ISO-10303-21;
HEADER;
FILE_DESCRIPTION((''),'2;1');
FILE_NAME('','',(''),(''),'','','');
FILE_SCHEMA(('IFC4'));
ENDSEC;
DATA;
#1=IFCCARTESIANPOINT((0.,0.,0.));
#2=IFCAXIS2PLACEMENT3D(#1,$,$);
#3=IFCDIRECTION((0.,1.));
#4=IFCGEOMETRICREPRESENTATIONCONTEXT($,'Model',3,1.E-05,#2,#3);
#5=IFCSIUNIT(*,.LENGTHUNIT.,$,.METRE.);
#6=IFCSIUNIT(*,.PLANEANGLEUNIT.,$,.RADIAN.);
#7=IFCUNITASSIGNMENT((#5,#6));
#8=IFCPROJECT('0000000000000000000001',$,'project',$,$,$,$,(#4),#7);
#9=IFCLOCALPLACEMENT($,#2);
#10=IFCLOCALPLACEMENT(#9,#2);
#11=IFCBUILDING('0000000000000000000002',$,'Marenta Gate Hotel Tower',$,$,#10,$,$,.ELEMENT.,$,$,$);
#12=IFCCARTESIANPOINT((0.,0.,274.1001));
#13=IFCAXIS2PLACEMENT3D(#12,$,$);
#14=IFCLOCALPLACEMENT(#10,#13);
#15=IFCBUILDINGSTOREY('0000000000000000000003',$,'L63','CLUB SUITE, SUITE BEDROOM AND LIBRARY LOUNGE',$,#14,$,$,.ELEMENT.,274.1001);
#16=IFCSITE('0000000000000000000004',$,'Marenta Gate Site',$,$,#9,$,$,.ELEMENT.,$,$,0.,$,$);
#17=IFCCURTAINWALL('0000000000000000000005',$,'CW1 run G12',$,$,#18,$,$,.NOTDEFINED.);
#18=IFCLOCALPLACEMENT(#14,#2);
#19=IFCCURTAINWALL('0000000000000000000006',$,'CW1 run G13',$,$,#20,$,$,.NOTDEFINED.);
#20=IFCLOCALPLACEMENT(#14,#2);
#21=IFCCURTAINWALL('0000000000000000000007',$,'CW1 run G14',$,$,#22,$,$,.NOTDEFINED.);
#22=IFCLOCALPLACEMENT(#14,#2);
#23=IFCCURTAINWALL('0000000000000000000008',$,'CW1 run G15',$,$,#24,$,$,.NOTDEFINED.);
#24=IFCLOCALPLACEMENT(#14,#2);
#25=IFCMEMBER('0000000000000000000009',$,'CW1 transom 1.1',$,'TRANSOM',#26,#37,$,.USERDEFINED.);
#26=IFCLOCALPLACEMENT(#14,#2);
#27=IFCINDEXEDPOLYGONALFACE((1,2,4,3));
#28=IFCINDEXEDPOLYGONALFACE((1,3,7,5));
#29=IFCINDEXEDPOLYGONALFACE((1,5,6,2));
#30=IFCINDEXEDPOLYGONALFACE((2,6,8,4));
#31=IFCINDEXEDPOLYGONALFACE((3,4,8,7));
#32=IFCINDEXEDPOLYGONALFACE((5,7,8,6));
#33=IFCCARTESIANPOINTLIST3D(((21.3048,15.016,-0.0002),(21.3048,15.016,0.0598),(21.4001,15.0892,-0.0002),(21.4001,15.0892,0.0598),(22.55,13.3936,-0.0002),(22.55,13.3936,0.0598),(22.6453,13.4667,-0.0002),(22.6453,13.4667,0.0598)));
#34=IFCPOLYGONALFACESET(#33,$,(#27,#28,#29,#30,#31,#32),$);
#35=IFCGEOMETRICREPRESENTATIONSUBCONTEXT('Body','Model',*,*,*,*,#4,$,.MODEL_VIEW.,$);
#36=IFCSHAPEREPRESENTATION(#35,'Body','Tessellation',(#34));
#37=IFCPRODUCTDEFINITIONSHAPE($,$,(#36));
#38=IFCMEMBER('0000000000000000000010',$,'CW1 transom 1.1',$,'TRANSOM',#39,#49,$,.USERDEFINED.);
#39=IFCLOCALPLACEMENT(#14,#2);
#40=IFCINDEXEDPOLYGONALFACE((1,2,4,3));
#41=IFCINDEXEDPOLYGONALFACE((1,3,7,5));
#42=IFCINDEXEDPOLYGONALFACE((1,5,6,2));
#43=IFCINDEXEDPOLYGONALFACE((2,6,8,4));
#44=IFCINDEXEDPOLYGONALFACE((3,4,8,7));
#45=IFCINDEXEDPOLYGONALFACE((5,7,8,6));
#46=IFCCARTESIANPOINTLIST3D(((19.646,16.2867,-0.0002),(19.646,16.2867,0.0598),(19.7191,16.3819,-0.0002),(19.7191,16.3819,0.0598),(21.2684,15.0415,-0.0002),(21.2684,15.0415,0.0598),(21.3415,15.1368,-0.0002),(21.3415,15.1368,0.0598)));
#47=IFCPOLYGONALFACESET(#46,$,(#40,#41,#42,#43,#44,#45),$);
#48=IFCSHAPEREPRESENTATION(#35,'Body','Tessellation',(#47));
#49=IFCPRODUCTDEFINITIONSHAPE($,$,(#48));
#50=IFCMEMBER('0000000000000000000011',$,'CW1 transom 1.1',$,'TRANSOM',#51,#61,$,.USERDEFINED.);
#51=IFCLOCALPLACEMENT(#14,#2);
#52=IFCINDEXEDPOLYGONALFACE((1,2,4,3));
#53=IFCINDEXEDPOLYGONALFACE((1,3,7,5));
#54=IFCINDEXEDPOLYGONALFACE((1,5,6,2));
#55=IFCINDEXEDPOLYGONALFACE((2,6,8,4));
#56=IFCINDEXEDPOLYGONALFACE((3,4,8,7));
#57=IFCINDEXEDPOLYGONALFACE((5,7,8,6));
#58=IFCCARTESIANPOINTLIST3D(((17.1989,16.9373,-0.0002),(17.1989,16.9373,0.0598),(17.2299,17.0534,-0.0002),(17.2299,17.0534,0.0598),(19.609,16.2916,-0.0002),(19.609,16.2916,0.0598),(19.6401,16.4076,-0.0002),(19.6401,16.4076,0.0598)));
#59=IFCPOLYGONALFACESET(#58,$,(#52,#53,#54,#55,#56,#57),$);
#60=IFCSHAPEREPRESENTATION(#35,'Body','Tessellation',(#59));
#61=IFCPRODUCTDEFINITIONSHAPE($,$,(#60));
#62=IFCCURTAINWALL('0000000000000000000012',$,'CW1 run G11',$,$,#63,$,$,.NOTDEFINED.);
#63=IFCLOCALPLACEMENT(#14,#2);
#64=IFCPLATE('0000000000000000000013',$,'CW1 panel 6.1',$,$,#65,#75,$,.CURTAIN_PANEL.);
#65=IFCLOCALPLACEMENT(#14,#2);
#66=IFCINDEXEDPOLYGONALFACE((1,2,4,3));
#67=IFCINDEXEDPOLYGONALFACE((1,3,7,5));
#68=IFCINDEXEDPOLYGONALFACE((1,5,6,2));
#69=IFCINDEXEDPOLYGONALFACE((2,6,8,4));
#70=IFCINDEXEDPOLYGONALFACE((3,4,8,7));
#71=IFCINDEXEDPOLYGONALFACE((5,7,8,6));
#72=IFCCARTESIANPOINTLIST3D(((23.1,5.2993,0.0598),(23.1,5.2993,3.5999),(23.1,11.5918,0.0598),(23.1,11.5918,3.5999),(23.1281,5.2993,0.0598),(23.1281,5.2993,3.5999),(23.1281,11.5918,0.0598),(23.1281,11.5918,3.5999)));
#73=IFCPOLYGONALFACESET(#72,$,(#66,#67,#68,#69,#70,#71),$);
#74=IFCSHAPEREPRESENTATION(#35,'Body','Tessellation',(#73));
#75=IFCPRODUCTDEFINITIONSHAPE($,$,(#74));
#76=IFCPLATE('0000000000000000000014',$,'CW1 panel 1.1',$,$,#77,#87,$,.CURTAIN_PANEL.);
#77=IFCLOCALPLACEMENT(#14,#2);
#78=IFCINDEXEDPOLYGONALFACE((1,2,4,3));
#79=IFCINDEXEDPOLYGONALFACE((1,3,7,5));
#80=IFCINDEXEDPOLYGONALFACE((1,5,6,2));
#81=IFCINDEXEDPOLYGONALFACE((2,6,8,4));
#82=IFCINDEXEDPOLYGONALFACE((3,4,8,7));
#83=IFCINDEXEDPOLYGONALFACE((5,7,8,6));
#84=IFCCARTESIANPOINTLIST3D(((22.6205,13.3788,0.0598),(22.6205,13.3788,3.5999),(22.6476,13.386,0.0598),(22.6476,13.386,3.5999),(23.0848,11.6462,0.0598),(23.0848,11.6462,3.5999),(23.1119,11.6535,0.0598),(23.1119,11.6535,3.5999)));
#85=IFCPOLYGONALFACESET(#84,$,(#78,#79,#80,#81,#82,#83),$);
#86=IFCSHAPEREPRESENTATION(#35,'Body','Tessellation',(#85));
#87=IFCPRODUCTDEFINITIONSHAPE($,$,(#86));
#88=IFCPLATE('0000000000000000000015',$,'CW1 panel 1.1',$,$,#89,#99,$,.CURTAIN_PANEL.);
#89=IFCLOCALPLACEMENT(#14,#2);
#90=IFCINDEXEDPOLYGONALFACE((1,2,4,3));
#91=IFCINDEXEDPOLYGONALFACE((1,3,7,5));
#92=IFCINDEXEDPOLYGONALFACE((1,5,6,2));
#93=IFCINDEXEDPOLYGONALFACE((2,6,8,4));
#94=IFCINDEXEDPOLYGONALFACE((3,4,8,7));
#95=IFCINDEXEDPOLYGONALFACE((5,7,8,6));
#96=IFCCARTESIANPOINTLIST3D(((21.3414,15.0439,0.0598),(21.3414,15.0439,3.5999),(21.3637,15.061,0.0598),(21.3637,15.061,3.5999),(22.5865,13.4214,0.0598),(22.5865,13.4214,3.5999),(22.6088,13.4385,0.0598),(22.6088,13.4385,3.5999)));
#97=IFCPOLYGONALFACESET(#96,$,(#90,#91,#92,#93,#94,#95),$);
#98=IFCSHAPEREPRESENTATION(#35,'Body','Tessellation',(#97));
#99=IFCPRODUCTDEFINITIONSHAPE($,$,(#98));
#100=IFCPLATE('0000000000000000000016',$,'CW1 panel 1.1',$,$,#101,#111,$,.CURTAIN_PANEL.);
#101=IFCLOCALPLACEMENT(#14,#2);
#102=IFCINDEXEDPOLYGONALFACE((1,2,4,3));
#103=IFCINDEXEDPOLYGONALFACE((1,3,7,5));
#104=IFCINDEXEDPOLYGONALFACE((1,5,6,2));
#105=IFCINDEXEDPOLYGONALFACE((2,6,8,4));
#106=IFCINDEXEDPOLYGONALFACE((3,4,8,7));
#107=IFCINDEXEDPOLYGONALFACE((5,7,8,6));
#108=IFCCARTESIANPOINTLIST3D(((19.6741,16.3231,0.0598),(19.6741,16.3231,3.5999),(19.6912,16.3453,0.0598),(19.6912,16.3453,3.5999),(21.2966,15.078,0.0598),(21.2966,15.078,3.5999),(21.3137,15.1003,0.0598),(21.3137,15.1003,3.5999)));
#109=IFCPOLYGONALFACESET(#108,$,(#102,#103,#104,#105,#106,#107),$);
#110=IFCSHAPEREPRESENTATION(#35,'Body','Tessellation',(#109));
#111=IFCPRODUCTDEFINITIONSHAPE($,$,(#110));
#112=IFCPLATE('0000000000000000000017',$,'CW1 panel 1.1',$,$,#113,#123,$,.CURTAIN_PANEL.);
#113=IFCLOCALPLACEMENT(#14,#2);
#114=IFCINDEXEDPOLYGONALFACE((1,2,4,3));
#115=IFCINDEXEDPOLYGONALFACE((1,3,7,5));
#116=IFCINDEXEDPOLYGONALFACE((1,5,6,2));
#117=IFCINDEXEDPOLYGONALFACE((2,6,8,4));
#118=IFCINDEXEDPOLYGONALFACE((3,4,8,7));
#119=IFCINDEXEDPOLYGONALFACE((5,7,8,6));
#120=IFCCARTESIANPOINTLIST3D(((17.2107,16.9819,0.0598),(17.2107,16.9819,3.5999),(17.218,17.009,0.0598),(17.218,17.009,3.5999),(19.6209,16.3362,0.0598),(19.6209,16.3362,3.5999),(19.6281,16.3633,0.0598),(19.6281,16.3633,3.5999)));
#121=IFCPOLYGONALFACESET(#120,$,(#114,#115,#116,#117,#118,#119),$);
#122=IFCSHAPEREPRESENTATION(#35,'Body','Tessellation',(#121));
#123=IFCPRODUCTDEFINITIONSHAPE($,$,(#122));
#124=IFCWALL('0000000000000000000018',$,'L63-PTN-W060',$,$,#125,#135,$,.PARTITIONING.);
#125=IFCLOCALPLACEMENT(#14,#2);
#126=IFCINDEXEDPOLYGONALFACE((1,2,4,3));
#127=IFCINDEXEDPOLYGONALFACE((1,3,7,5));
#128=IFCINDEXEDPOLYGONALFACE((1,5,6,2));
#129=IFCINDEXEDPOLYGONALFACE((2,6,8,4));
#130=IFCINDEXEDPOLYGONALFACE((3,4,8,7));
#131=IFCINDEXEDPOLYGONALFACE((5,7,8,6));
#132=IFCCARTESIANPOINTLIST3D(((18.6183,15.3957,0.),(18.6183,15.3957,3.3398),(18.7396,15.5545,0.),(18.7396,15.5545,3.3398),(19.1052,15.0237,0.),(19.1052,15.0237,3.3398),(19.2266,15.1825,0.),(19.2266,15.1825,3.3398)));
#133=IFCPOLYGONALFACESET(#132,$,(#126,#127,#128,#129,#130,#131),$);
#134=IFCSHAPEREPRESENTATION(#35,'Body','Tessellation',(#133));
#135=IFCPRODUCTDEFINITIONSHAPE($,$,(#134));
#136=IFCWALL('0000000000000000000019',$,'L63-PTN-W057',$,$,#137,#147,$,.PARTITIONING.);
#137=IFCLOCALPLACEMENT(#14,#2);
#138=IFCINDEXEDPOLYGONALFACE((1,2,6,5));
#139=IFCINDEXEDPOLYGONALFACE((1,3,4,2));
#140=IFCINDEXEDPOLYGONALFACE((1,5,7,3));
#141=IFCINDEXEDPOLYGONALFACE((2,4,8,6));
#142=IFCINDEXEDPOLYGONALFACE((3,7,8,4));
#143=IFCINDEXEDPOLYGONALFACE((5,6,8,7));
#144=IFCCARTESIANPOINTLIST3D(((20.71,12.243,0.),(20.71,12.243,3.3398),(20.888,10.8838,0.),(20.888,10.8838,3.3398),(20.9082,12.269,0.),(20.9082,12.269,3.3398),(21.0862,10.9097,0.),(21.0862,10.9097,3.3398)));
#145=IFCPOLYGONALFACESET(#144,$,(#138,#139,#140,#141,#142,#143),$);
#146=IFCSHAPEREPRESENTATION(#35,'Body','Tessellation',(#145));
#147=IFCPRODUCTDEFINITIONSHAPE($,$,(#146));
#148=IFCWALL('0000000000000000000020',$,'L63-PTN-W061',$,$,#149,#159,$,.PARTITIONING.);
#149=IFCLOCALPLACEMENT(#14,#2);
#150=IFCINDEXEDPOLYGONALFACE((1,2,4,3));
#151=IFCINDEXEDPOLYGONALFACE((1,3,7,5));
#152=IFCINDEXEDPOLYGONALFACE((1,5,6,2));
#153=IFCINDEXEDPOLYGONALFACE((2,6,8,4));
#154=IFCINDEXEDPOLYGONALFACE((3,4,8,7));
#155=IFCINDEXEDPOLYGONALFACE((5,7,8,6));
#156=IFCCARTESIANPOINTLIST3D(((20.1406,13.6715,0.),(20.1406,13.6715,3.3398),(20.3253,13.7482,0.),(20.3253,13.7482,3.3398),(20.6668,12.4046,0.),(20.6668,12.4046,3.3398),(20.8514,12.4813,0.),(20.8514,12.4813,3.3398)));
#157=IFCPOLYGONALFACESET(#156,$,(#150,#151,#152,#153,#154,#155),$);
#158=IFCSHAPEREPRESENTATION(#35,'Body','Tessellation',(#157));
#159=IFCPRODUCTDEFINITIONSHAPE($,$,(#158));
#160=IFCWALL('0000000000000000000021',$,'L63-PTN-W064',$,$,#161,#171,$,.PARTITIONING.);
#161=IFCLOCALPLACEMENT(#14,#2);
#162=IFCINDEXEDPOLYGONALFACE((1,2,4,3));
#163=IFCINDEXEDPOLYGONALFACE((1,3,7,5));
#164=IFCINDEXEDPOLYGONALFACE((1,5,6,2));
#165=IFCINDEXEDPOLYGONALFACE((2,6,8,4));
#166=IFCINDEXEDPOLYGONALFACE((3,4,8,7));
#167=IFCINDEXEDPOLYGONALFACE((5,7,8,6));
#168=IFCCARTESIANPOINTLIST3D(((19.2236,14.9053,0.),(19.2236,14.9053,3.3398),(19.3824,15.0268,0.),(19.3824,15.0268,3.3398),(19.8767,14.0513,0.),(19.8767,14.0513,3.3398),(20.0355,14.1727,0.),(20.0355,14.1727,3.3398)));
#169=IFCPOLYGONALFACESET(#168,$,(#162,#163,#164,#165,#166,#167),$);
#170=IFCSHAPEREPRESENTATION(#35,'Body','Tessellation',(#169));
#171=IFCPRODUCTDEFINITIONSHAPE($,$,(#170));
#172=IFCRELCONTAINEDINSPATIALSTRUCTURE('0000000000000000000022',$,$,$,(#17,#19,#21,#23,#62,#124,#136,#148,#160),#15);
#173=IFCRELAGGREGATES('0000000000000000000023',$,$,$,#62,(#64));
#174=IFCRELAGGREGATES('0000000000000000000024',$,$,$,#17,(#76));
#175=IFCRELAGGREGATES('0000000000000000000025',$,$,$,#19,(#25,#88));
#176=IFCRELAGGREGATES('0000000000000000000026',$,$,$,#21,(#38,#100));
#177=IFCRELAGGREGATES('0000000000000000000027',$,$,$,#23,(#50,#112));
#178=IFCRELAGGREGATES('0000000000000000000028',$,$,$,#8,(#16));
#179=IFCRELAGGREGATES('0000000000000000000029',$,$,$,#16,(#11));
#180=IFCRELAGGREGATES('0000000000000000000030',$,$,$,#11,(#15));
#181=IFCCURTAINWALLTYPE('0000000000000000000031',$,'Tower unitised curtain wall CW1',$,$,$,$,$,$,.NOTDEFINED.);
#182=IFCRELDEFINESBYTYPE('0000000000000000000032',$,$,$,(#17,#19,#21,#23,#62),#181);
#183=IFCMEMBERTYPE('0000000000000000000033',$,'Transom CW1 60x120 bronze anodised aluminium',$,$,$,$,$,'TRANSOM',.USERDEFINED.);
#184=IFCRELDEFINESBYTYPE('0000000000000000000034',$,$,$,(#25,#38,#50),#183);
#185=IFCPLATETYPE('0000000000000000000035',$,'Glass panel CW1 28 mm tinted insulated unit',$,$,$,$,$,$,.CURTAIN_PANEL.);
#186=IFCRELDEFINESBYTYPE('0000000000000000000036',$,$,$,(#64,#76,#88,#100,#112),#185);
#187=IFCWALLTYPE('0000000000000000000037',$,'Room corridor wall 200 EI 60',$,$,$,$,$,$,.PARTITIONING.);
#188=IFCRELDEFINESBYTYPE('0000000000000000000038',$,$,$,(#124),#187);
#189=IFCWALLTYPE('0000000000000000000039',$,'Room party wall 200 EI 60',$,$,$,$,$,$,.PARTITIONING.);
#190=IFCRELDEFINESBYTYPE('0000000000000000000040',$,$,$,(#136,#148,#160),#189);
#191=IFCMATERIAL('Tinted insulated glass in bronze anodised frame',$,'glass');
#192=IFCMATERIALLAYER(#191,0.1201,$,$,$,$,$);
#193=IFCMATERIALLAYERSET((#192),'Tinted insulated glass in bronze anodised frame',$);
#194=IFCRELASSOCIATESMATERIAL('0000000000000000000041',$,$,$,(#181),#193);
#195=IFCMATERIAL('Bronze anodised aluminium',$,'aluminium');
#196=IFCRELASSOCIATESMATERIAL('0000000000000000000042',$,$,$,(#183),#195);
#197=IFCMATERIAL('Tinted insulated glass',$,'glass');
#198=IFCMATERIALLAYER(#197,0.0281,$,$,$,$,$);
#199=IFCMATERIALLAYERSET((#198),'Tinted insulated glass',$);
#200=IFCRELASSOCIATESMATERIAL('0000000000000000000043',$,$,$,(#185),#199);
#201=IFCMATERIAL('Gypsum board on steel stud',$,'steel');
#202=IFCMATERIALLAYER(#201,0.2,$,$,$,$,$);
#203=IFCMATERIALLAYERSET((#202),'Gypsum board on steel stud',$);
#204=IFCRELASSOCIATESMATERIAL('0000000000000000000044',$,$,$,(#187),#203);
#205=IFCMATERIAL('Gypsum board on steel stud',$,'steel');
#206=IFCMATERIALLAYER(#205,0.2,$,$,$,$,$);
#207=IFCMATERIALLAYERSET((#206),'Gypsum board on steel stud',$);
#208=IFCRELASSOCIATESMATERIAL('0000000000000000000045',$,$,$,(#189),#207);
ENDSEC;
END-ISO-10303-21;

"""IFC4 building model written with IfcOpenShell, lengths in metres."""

from ifc_helpers import new_model, si_unit, direction, frame, frame_2d, origin, origin_2d, place, context, subcontext, project, spatial, rectangle, extrude, material, layer, layer_set, material_profile, profile_set, type_object, element, aggregate, save


model = new_model("IFC4")

# Units and contexts
model_context = context("Model", 3, precision=1e-05, world=origin(), true_north=direction((0.0, 1.0)))
body_context = subcontext(model_context, "Body", "Model", "MODEL_VIEW")
ifc_project = project(units=[si_unit("LENGTHUNIT", "METRE"), si_unit("PLANEANGLEUNIT", "RADIAN")], contexts=[model_context])

# Site, building, storey
site_placement = place(None, origin())
site = spatial("IfcSite", under=ifc_project, at=site_placement, Name="Marenta Gate Site", CompositionType="ELEMENT", RefElevation=0.0)
building_placement = place(site_placement, origin())
building = spatial("IfcBuilding", under=site, at=building_placement, Name="Marenta Gate Hotel Tower", CompositionType="ELEMENT")
storey_placement = place(building_placement, frame((0.0, 0.0, 274.1001)))
storey = spatial("IfcBuildingStorey", under=building, at=storey_placement, Name="L63", Description="CLUB SUITE, SUITE BEDROOM AND LIBRARY LOUNGE", CompositionType="ELEMENT", Elevation=274.1001)

# Curtain walls
ifc_material_1 = material(Name="Tinted insulated glass in bronze anodised frame", Category="glass")
ifc_layer_1 = layer(ifc_material_1, 0.1201)
ifc_layer_set_1 = layer_set([ifc_layer_1], Name="Tinted insulated glass in bronze anodised frame")
curtain_wall_type = type_object("IfcCurtainWallType", Name="Tower unitised curtain wall CW1", PredefinedType="NOTDEFINED", material=ifc_layer_set_1)
curtain_wall_1_placement = place(storey_placement, origin())
curtain_wall_1 = element("IfcCurtainWall", 1, at=curtain_wall_1_placement, inside=storey, type_object=curtain_wall_type, Name="CW1 run G12", PredefinedType="NOTDEFINED")
curtain_wall_2_placement = place(storey_placement, origin())
curtain_wall_2 = element("IfcCurtainWall", 2, at=curtain_wall_2_placement, inside=storey, type_object=curtain_wall_type, Name="CW1 run G13", PredefinedType="NOTDEFINED")
curtain_wall_3_placement = place(storey_placement, origin())
curtain_wall_3 = element("IfcCurtainWall", 3, at=curtain_wall_3_placement, inside=storey, type_object=curtain_wall_type, Name="CW1 run G14", PredefinedType="NOTDEFINED")

# Curtain wall
curtain_wall_4_placement = place(storey_placement, origin())
curtain_wall_4 = element("IfcCurtainWall", 4, at=curtain_wall_4_placement, inside=storey, type_object=curtain_wall_type, Name="CW1 run G15", PredefinedType="NOTDEFINED")

# Members
ifc_material_2 = material(Name="Bronze anodised aluminium", Category="aluminium")
ifc_material_profile_1 = material_profile(ifc_material_2, rectangle(XDim=0.1201, YDim=0.0601, at=origin_2d()), Name="Transom CW1 60x120 bronze anodised aluminium")
ifc_profile_set_1 = profile_set([ifc_material_profile_1], Name="Bronze anodised aluminium")
member_type_1 = type_object("IfcMemberType", Name="Transom CW1 60x120 bronze anodised aluminium", ElementType="TRANSOM", PredefinedType="USERDEFINED", material=ifc_profile_set_1)
member_1_placement = place(storey_placement, frame((22.5977, 13.4302, 0.0298), z_axis=(-0.608845, 0.793289, 0.0), x_axis=(-0.793289, -0.608845, 0.0)))
member_1 = element("IfcMember", 5, at=member_1_placement, type_object=member_type_1, Name="CW1 transom 1.1", ObjectType="TRANSOM", PredefinedType="USERDEFINED", context=body_context, shape_type="SweptSolid", body=[
    extrude(rectangle(XDim=0.1201, YDim=0.0601, at=origin_2d()), origin(), (0.0, 0.0, 1.0), 2.0452),
])
member_2_placement = place(storey_placement, frame((21.3049, 15.0891, 0.0298), z_axis=(-0.793289, 0.608845, 0.0), x_axis=(-0.608845, -0.793289, 0.0)))
member_2 = element("IfcMember", 6, at=member_2_placement, type_object=member_type_1, Name="CW1 transom 1.1", ObjectType="TRANSOM", PredefinedType="USERDEFINED", context=body_context, shape_type="SweptSolid", body=[
    extrude(rectangle(XDim=0.1201, YDim=0.0601, at=origin_2d()), origin(), (0.0, 0.0, 1.0), 2.0452),
])
member_3_placement = place(storey_placement, frame((19.6245, 16.3496, 0.0298), z_axis=(-0.965931, 0.258801, 0.0), x_axis=(-0.258801, -0.965931, 0.0)))
member_3 = element("IfcMember", 7, at=member_3_placement, type_object=member_type_1, Name="CW1 transom 1.1", ObjectType="TRANSOM", PredefinedType="USERDEFINED", context=body_context, shape_type="SweptSolid", body=[
    extrude(rectangle(XDim=0.1201, YDim=0.0601, at=origin_2d()), origin(), (0.0, 0.0, 1.0), 2.4951),
])

# Curtain wall, plate
curtain_wall_5_placement = place(storey_placement, origin())
curtain_wall_5 = element("IfcCurtainWall", 8, at=curtain_wall_5_placement, inside=storey, type_object=curtain_wall_type, Name="CW1 run G11", PredefinedType="NOTDEFINED")
ifc_material_3 = material(Name="Tinted insulated glass", Category="glass")
ifc_layer_2 = layer(ifc_material_3, 0.0281)
ifc_layer_set_2 = layer_set([ifc_layer_2], Name="Tinted insulated glass")
plate_type = type_object("IfcPlateType", Name="Glass panel CW1 28 mm tinted insulated unit", PredefinedType="CURTAIN_PANEL", material=ifc_layer_set_2)
plate_1_placement = place(storey_placement, frame((23.114, 8.4456, 0.0598), z_axis=(0.0, 0.0, 1.0), x_axis=(0.0, 1.0, 0.0)))
plate_1 = element("IfcPlate", 9, at=plate_1_placement, type_object=plate_type, Name="CW1 panel 6.1", PredefinedType="CURTAIN_PANEL", context=body_context, shape_type="SweptSolid", body=[
    extrude(rectangle(XDim=6.2925, YDim=0.0281, at=origin_2d()), origin(), (0.0, 0.0, 1.0), 3.54),
])
aggregate(curtain_wall_5, [plate_1])

# Plates
plate_2_placement = place(storey_placement, frame((22.8662, 12.5161, 0.0598), z_axis=(0.0, 0.0, 1.0), x_axis=(-0.258824, 0.965924, 0.0)))
plate_2 = element("IfcPlate", 10, at=plate_2_placement, type_object=plate_type, Name="CW1 panel 1.1", PredefinedType="CURTAIN_PANEL", context=body_context, shape_type="SweptSolid", body=[
    extrude(rectangle(XDim=1.7937, YDim=0.0281, at=origin_2d()), origin(), (0.0, 0.0, 1.0), 3.54),
])
aggregate(curtain_wall_1, [plate_2])
plate_3_placement = place(storey_placement, frame((21.9751, 14.2412, 0.0598), z_axis=(0.0, 0.0, 1.0), x_axis=(-0.608787, 0.793333, 0.0)))
plate_3 = element("IfcPlate", 11, at=plate_3_placement, type_object=plate_type, Name="CW1 panel 1.1", PredefinedType="CURTAIN_PANEL", context=body_context, shape_type="SweptSolid", body=[
    extrude(rectangle(XDim=2.0452, YDim=0.0281, at=origin_2d()), origin(), (0.0, 0.0, 1.0), 3.54),
])
aggregate(curtain_wall_2, [member_1, plate_3])
plate_4_placement = place(storey_placement, frame((20.4939, 15.7117, 0.0598), z_axis=(0.0, 0.0, 1.0), x_axis=(-0.793333, 0.608787, 0.0)))
plate_4 = element("IfcPlate", 12, at=plate_4_placement, type_object=plate_type, Name="CW1 panel 1.1", PredefinedType="CURTAIN_PANEL", context=body_context, shape_type="SweptSolid", body=[
    extrude(rectangle(XDim=2.0452, YDim=0.0281, at=origin_2d()), origin(), (0.0, 0.0, 1.0), 3.54),
])
aggregate(curtain_wall_3, [member_2, plate_4])
plate_5_placement = place(storey_placement, frame((18.4194, 16.6726, 0.0598), z_axis=(0.0, 0.0, 1.0), x_axis=(-0.96593, 0.258805, 0.0)))
plate_5 = element("IfcPlate", 13, at=plate_5_placement, type_object=plate_type, Name="CW1 panel 1.1", PredefinedType="CURTAIN_PANEL", context=body_context, shape_type="SweptSolid", body=[
    extrude(rectangle(XDim=2.4951, YDim=0.0281, at=origin_2d()), origin(), (0.0, 0.0, 1.0), 3.54),
])
aggregate(curtain_wall_4, [member_3, plate_5])

# Walls
ifc_material_4 = material(Name="Gypsum board on steel stud", Category="steel")
ifc_layer_3 = layer(ifc_material_4, 0.2)
ifc_layer_set_3 = layer_set([ifc_layer_3], Name="Gypsum board on steel stud")
wall_type_1 = type_object("IfcWallType", Name="Room corridor wall 200 EI 60", PredefinedType="PARTITIONING", material=ifc_layer_set_3)
wall_1_placement = place(storey_placement, frame((18.679, 15.4751, 0.0), z_axis=(0.0, 0.0, 1.0), x_axis=(0.794663, -0.607051, 0.0)))
element("IfcWall", 14, at=wall_1_placement, inside=storey, type_object=wall_type_1, Name="L63-PTN-W060", PredefinedType="PARTITIONING", context=body_context, shape_type="SweptSolid", body=[
    extrude(rectangle(XDim=0.6128, YDim=0.2, at=frame_2d((0.3064, 0.0))), origin(), (0.0, 0.0, 1.0), 3.3398),
])
ifc_material_5 = material(Name="Gypsum board on steel stud", Category="steel")
ifc_layer_4 = layer(ifc_material_5, 0.2)
ifc_layer_set_4 = layer_set([ifc_layer_4], Name="Gypsum board on steel stud")
wall_type_2 = type_object("IfcWallType", Name="Room party wall 200 EI 60", PredefinedType="PARTITIONING", material=ifc_layer_set_4)
wall_2_placement = place(storey_placement, frame((20.8091, 12.2561, 0.0), z_axis=(0.0, 0.0, 1.0), x_axis=(0.129842, -0.991535, 0.0)))
element("IfcWall", 15, at=wall_2_placement, inside=storey, type_object=wall_type_2, Name="L63-PTN-W057", PredefinedType="PARTITIONING", context=body_context, shape_type="SweptSolid", body=[
    extrude(rectangle(XDim=1.3708, YDim=0.2, at=frame_2d((0.6855, 0.0))), origin(), (0.0, 0.0, 1.0), 3.3398),
])
wall_3_placement = place(storey_placement, frame((20.2329, 13.71, 0.0), z_axis=(0.0, 0.0, 1.0), x_axis=(0.383541, -0.923524, 0.0)))
element("IfcWall", 16, at=wall_3_placement, inside=storey, type_object=wall_type_2, Name="L63-PTN-W061", PredefinedType="PARTITIONING", context=body_context, shape_type="SweptSolid", body=[
    extrude(rectangle(XDim=1.3718, YDim=0.2, at=frame_2d((0.686, 0.0))), origin(), (0.0, 0.0, 1.0), 3.3398),
])
wall_4_placement = place(storey_placement, frame((19.303, 14.9661, 0.0), z_axis=(0.0, 0.0, 1.0), x_axis=(0.607459, -0.794351, 0.0)))
element("IfcWall", 17, at=wall_4_placement, inside=storey, type_object=wall_type_2, Name="L63-PTN-W064", PredefinedType="PARTITIONING", context=body_context, shape_type="SweptSolid", body=[
    extrude(rectangle(XDim=1.0752, YDim=0.2, at=frame_2d((0.5376, 0.0))), origin(), (0.0, 0.0, 1.0), 3.3398),
])

save(model, "model.ifc")
